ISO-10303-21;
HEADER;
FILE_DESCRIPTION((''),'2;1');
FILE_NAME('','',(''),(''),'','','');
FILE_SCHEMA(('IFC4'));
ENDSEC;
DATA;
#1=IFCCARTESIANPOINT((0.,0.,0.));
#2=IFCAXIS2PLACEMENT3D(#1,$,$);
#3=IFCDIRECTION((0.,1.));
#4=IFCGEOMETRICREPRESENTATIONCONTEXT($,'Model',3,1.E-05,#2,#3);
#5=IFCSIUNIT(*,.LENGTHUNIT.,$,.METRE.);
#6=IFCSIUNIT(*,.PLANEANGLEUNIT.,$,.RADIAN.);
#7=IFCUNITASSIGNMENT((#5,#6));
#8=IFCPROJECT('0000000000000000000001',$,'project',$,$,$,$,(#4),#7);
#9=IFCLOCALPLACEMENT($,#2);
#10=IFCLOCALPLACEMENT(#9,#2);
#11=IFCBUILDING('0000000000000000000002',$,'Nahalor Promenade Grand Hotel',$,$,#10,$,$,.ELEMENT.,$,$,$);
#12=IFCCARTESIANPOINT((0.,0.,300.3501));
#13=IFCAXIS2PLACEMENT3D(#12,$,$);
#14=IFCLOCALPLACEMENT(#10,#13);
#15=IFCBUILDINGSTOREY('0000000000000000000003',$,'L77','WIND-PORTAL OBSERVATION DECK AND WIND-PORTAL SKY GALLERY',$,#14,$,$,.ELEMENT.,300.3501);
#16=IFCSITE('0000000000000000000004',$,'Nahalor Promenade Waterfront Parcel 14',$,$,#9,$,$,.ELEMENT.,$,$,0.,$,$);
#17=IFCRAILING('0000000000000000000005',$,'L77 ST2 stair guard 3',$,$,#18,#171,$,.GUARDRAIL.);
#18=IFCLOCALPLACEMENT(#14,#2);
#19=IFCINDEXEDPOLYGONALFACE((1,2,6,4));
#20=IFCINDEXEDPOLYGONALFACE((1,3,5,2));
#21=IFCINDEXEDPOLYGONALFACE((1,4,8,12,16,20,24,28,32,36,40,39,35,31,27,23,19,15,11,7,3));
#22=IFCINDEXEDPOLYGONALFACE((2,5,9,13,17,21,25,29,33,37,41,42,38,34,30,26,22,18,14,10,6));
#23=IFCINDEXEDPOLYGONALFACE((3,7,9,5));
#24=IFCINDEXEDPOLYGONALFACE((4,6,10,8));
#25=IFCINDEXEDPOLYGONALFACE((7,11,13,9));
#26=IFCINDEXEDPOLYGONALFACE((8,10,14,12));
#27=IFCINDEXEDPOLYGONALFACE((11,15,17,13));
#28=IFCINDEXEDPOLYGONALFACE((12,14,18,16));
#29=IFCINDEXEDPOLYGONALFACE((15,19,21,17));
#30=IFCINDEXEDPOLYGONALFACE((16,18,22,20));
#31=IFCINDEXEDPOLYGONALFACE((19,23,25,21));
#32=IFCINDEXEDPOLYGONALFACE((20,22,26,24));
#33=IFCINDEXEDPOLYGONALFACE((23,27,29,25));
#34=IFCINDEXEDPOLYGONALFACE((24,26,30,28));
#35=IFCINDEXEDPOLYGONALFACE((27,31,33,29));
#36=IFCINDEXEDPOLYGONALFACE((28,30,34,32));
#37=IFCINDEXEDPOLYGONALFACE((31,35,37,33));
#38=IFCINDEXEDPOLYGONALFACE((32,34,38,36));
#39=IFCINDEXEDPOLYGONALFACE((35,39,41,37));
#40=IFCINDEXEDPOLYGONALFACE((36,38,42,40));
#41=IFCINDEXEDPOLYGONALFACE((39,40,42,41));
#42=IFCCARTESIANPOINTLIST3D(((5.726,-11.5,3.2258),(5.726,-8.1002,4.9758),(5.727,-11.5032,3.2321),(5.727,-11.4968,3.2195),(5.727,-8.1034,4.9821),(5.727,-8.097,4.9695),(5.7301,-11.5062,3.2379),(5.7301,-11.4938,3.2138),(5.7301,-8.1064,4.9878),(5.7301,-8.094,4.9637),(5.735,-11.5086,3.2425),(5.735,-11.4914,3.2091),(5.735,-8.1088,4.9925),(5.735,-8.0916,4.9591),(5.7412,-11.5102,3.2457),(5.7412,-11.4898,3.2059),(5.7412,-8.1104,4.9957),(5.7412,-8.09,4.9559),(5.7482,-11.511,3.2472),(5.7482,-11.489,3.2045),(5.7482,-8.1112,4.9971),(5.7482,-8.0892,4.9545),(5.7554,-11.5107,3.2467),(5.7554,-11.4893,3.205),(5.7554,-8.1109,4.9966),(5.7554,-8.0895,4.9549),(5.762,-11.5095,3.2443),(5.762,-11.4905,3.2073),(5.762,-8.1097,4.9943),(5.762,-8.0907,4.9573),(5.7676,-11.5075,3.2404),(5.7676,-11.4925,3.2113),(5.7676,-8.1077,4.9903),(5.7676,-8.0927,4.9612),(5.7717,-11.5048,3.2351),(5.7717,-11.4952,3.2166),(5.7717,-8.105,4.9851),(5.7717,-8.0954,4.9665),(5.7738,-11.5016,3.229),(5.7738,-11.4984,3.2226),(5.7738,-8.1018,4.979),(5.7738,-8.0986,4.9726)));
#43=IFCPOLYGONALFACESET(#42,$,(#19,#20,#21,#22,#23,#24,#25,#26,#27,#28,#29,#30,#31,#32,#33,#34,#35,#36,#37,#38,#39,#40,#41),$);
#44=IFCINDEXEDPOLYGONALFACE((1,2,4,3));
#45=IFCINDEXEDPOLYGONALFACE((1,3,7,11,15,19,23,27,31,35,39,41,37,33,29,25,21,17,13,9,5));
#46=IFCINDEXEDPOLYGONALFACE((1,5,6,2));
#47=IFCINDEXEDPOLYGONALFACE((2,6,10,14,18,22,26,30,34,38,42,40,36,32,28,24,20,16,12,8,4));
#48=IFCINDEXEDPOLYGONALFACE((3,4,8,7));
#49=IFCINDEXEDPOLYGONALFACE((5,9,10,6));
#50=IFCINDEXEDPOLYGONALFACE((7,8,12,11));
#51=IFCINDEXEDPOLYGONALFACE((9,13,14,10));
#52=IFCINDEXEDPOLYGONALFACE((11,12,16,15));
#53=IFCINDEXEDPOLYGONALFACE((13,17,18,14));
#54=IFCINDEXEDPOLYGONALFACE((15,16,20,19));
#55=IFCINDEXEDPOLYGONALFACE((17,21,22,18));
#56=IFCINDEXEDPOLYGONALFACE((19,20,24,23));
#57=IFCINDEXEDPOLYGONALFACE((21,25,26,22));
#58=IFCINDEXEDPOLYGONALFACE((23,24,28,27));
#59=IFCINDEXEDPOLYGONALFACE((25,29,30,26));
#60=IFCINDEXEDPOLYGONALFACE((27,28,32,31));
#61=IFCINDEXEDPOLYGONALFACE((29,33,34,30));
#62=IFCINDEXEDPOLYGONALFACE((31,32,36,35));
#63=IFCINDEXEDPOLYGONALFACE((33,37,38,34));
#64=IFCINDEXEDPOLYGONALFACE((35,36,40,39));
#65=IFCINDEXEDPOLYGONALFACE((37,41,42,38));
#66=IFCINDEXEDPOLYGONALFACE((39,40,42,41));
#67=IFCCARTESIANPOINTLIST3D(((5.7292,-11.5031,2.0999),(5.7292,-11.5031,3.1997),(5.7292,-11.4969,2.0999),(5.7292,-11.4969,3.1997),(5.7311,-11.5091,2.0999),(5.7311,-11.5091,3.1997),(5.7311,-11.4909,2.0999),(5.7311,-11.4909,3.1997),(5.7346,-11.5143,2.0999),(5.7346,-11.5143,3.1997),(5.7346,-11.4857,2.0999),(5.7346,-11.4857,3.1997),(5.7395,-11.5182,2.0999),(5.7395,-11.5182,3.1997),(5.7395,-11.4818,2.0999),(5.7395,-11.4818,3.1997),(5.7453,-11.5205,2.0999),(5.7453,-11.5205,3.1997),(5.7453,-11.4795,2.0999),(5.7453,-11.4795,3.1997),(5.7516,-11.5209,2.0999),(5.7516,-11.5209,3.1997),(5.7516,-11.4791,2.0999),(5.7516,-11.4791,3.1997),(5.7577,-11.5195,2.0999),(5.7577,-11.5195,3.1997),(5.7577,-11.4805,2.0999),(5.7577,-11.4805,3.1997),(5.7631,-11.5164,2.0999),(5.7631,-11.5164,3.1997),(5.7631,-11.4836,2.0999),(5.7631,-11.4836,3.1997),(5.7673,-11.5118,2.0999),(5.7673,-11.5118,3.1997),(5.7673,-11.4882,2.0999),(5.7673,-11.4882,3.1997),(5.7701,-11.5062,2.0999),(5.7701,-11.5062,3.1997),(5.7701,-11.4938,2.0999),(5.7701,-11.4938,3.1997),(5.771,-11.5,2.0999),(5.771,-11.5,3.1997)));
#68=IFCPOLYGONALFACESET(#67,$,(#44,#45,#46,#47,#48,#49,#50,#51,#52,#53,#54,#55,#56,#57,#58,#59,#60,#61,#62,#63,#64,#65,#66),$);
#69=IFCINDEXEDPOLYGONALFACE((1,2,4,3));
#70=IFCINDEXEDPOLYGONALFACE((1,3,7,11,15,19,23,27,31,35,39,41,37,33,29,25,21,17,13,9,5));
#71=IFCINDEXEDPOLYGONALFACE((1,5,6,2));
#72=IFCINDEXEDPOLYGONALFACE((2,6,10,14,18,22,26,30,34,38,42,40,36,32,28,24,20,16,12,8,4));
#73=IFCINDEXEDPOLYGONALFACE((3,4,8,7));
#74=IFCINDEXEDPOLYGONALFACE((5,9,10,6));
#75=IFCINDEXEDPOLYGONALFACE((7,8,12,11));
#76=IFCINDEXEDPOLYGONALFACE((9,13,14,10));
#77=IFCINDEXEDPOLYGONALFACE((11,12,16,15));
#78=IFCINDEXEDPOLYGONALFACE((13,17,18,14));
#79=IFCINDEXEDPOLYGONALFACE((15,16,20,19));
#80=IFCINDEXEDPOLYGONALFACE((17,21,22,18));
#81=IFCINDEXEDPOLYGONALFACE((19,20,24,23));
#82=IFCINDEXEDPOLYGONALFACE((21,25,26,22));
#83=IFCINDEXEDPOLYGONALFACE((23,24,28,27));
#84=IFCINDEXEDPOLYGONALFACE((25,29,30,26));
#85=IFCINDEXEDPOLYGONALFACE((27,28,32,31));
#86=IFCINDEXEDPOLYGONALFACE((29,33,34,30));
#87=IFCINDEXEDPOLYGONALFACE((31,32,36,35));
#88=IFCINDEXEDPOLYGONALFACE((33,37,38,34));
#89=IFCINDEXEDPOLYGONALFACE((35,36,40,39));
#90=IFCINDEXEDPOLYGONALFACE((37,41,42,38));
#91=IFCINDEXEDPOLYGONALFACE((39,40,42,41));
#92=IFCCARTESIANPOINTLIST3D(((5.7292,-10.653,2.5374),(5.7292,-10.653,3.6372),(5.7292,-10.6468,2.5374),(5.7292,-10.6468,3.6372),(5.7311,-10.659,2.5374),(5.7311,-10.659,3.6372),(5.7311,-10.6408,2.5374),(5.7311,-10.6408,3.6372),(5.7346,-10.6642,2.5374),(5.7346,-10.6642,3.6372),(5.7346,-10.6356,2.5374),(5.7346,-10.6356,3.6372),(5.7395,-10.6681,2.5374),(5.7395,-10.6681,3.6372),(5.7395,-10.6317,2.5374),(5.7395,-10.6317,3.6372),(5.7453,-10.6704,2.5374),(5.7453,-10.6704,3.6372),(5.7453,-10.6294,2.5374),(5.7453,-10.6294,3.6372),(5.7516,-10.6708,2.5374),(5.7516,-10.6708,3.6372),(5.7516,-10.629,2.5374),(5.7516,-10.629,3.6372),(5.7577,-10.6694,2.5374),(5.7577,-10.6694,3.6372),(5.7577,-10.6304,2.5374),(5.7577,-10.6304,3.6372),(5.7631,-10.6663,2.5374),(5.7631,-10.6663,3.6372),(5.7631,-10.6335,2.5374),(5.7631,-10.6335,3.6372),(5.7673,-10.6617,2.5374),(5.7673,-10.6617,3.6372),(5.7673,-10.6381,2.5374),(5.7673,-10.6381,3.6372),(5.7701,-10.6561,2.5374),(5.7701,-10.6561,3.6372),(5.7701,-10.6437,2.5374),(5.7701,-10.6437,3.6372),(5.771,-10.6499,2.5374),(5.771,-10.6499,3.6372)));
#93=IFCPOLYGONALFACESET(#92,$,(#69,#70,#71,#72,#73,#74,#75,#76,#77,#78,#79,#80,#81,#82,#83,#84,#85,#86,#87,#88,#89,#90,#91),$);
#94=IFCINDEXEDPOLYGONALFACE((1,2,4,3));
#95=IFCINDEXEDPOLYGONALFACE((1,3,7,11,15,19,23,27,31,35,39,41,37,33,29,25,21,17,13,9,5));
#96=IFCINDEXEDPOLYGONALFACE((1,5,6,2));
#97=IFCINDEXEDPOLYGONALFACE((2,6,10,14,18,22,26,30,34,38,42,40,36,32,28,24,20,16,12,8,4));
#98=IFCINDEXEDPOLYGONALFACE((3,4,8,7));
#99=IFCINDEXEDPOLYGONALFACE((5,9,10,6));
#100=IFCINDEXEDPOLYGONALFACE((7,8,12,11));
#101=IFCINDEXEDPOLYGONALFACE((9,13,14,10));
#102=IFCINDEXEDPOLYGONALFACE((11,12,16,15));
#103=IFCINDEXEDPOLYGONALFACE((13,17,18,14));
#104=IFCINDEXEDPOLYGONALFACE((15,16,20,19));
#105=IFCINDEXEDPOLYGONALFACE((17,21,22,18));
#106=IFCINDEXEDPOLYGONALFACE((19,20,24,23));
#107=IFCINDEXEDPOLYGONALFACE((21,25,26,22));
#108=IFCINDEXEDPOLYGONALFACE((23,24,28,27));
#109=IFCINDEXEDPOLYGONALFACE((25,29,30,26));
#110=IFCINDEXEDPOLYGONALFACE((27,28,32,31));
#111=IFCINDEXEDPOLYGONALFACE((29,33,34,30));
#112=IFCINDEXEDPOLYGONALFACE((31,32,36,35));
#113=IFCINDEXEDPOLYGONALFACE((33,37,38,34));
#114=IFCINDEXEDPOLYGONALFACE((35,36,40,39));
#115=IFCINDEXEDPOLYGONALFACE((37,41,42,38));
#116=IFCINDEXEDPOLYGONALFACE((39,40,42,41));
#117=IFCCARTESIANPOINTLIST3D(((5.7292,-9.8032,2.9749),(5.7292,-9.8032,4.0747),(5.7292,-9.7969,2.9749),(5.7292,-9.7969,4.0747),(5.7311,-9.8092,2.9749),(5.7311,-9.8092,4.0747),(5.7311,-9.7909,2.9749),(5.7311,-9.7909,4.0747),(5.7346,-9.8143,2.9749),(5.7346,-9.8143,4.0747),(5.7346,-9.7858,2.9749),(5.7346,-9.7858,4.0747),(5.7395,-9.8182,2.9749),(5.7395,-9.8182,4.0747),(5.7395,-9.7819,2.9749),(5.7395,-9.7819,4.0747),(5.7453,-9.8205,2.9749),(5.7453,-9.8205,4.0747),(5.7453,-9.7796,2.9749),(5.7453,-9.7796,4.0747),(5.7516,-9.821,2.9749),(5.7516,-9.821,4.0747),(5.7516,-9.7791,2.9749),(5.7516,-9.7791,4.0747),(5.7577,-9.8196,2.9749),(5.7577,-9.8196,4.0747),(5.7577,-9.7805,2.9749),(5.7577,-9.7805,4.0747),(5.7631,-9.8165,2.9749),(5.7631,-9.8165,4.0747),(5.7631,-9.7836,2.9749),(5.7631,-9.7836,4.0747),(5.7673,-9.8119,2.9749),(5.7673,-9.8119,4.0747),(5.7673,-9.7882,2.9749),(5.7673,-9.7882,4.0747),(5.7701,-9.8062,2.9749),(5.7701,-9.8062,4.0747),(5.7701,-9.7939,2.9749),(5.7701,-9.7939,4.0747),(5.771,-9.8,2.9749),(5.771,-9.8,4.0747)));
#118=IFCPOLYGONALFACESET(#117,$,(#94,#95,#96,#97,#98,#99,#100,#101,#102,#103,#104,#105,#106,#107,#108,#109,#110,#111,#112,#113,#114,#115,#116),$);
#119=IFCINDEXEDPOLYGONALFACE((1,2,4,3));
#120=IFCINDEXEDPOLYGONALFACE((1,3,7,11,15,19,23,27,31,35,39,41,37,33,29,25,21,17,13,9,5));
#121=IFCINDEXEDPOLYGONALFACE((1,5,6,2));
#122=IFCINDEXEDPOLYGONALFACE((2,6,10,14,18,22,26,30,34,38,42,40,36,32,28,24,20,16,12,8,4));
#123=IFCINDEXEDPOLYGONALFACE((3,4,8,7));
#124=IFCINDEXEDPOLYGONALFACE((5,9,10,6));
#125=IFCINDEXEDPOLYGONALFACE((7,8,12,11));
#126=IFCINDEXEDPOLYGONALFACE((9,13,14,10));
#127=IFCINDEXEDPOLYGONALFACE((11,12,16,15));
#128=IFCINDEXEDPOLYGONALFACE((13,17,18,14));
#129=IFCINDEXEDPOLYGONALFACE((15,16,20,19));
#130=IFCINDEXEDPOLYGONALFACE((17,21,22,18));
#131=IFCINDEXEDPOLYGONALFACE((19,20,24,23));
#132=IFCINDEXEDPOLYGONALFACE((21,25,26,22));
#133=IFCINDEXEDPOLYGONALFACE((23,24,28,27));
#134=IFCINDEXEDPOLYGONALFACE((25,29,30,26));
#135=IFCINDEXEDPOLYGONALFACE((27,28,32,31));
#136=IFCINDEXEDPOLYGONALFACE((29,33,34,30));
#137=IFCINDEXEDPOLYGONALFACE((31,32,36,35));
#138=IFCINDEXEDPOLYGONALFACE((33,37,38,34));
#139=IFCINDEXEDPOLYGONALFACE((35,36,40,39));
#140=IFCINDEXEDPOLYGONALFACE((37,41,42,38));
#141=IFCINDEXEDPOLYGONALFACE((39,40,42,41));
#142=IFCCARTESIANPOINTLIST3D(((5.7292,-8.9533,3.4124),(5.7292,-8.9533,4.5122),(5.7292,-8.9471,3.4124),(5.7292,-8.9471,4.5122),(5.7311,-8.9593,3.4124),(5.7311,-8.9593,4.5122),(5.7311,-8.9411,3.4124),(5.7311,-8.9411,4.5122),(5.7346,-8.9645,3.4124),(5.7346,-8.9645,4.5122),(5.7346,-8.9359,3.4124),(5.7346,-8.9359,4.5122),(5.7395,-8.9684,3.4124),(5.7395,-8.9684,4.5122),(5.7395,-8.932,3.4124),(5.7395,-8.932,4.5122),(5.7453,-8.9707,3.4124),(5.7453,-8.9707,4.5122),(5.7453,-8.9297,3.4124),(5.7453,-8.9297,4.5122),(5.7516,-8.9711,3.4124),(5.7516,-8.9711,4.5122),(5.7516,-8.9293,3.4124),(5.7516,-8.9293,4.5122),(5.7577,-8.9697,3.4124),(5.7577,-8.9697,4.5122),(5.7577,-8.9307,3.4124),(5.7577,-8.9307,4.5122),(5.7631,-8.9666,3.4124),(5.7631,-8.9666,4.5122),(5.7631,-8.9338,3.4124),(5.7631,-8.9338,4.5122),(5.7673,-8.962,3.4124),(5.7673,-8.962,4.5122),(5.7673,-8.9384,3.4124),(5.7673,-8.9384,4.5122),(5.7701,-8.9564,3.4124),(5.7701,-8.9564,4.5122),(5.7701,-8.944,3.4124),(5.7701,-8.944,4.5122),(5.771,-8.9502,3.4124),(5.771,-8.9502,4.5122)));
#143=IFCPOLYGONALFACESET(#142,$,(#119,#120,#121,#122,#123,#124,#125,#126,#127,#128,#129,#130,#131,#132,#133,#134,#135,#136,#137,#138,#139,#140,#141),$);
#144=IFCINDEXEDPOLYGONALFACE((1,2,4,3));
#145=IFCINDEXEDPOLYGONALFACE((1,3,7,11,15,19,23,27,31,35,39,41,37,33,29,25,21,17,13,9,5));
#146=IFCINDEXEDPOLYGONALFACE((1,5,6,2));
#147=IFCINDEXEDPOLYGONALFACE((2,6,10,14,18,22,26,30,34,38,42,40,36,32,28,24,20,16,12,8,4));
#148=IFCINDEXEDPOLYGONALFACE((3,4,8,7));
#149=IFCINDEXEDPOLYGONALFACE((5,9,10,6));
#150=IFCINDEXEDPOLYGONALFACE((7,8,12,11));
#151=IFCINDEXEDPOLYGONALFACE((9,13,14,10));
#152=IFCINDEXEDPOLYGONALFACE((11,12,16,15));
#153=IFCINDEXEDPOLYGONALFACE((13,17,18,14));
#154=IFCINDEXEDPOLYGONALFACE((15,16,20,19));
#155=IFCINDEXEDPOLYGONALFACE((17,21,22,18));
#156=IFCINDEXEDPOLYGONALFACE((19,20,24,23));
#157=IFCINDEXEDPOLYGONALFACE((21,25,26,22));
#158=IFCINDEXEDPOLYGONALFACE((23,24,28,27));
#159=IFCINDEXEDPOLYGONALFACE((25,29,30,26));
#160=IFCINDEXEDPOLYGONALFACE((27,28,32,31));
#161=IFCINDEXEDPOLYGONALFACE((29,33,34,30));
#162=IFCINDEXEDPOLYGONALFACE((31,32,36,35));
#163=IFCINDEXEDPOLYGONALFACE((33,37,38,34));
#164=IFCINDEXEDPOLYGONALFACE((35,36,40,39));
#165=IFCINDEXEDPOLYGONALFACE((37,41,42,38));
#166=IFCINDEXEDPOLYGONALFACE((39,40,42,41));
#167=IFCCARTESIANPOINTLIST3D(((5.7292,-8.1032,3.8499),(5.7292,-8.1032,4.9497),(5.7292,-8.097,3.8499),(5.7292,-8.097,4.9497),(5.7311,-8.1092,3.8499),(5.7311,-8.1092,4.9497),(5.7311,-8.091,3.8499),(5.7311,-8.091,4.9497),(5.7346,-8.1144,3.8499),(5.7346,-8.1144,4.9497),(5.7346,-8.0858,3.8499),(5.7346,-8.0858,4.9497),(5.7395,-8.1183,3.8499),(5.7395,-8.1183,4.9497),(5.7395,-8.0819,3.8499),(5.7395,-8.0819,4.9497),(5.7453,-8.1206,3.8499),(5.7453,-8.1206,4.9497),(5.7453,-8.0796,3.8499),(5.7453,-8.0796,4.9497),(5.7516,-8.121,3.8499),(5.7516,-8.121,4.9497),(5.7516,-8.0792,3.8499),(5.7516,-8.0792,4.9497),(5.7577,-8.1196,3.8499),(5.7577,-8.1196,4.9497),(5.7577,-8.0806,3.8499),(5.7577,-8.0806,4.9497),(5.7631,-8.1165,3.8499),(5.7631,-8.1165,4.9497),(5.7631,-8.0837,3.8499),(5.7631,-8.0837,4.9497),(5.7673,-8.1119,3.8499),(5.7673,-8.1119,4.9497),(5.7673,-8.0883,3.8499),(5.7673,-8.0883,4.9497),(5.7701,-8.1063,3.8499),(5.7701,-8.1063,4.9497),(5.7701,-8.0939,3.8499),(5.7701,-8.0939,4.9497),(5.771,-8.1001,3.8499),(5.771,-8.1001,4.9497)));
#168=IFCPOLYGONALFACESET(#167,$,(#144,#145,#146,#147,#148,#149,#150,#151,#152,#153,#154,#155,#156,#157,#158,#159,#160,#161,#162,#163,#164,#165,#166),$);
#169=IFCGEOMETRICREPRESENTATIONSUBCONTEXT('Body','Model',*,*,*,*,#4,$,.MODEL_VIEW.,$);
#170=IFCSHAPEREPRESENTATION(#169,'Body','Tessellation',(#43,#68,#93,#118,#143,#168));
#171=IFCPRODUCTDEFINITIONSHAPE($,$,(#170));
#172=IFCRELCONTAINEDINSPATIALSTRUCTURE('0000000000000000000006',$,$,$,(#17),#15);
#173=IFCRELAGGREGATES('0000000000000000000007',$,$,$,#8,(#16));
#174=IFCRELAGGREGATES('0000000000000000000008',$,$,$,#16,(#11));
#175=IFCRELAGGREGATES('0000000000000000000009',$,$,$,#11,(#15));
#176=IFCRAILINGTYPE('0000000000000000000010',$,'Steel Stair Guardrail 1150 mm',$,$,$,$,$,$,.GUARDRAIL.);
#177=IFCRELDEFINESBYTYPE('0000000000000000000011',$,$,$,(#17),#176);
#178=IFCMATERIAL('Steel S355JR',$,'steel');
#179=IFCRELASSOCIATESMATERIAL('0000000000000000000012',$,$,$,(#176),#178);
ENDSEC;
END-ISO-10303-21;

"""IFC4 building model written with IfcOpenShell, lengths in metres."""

from ifc_helpers import new_model, si_unit, direction, frame, origin, origin_2d, place, context, subcontext, project, spatial, circle, extrude, material, type_object, element, save


model = new_model("IFC4")

# Units and contexts
model_context = context("Model", 3, precision=1e-05, world=origin(), true_north=direction((0.0, 1.0)))
body_context = subcontext(model_context, "Body", "Model", "MODEL_VIEW")
ifc_project = project(units=[si_unit("LENGTHUNIT", "METRE"), si_unit("PLANEANGLEUNIT", "RADIAN")], contexts=[model_context])

# Site, building, storey
site_placement = place(None, origin())
site = spatial("IfcSite", under=ifc_project, at=site_placement, Name="Nahalor Promenade Waterfront Parcel 14", CompositionType="ELEMENT", RefElevation=0.0)
building_placement = place(site_placement, origin())
building = spatial("IfcBuilding", under=site, at=building_placement, Name="Nahalor Promenade Grand Hotel", CompositionType="ELEMENT")
storey_placement = place(building_placement, frame((0.0, 0.0, 300.3501)))
storey = spatial("IfcBuildingStorey", under=building, at=storey_placement, Name="L77", Description="WIND-PORTAL OBSERVATION DECK AND WIND-PORTAL SKY GALLERY", CompositionType="ELEMENT", Elevation=300.3501)

# Shared definitions
ifc_material_1 = material(Name="Steel S355JR", Category="steel")

# Railing
railing_type_1 = type_object("IfcRailingType", Name="Steel Stair Guardrail 1150 mm", PredefinedType="GUARDRAIL", material=ifc_material_1)
railing_1_placement = place(storey_placement, frame((5.75, -11.5, 2.0999)))
element("IfcRailing", 1, at=railing_1_placement, inside=storey, type_object=railing_type_1, Name="L77 ST2 stair guard 3", PredefinedType="GUARDRAIL", context=body_context, shape_type="SweptSolid", body=[
    extrude(circle(Radius=0.024, at=origin_2d()), frame((0.0, 0.0, 1.126), z_axis=(0.0, 0.88913, 0.457654), x_axis=(-1.0, 0.0, 0.0)), (0.0, 0.0, 1.0), 3.8237),
    extrude(circle(Radius=0.021, at=origin_2d()), origin(), (0.0, 0.0, 1.0), 1.0999),
    extrude(circle(Radius=0.021, at=origin_2d()), frame((0.0, 0.8501, 0.4375)), (0.0, 0.0, 1.0), 1.0999),
    extrude(circle(Radius=0.021, at=origin_2d()), frame((0.0, 1.7, 0.875)), (0.0, 0.0, 1.0), 1.0999),
    extrude(circle(Radius=0.021, at=origin_2d()), frame((0.0, 2.5498, 1.3125)), (0.0, 0.0, 1.0), 1.0999),
    extrude(circle(Radius=0.021, at=origin_2d()), frame((0.0, 3.3999, 1.75)), (0.0, 0.0, 1.0), 1.0999),
])

save(model, "model.ifc")
